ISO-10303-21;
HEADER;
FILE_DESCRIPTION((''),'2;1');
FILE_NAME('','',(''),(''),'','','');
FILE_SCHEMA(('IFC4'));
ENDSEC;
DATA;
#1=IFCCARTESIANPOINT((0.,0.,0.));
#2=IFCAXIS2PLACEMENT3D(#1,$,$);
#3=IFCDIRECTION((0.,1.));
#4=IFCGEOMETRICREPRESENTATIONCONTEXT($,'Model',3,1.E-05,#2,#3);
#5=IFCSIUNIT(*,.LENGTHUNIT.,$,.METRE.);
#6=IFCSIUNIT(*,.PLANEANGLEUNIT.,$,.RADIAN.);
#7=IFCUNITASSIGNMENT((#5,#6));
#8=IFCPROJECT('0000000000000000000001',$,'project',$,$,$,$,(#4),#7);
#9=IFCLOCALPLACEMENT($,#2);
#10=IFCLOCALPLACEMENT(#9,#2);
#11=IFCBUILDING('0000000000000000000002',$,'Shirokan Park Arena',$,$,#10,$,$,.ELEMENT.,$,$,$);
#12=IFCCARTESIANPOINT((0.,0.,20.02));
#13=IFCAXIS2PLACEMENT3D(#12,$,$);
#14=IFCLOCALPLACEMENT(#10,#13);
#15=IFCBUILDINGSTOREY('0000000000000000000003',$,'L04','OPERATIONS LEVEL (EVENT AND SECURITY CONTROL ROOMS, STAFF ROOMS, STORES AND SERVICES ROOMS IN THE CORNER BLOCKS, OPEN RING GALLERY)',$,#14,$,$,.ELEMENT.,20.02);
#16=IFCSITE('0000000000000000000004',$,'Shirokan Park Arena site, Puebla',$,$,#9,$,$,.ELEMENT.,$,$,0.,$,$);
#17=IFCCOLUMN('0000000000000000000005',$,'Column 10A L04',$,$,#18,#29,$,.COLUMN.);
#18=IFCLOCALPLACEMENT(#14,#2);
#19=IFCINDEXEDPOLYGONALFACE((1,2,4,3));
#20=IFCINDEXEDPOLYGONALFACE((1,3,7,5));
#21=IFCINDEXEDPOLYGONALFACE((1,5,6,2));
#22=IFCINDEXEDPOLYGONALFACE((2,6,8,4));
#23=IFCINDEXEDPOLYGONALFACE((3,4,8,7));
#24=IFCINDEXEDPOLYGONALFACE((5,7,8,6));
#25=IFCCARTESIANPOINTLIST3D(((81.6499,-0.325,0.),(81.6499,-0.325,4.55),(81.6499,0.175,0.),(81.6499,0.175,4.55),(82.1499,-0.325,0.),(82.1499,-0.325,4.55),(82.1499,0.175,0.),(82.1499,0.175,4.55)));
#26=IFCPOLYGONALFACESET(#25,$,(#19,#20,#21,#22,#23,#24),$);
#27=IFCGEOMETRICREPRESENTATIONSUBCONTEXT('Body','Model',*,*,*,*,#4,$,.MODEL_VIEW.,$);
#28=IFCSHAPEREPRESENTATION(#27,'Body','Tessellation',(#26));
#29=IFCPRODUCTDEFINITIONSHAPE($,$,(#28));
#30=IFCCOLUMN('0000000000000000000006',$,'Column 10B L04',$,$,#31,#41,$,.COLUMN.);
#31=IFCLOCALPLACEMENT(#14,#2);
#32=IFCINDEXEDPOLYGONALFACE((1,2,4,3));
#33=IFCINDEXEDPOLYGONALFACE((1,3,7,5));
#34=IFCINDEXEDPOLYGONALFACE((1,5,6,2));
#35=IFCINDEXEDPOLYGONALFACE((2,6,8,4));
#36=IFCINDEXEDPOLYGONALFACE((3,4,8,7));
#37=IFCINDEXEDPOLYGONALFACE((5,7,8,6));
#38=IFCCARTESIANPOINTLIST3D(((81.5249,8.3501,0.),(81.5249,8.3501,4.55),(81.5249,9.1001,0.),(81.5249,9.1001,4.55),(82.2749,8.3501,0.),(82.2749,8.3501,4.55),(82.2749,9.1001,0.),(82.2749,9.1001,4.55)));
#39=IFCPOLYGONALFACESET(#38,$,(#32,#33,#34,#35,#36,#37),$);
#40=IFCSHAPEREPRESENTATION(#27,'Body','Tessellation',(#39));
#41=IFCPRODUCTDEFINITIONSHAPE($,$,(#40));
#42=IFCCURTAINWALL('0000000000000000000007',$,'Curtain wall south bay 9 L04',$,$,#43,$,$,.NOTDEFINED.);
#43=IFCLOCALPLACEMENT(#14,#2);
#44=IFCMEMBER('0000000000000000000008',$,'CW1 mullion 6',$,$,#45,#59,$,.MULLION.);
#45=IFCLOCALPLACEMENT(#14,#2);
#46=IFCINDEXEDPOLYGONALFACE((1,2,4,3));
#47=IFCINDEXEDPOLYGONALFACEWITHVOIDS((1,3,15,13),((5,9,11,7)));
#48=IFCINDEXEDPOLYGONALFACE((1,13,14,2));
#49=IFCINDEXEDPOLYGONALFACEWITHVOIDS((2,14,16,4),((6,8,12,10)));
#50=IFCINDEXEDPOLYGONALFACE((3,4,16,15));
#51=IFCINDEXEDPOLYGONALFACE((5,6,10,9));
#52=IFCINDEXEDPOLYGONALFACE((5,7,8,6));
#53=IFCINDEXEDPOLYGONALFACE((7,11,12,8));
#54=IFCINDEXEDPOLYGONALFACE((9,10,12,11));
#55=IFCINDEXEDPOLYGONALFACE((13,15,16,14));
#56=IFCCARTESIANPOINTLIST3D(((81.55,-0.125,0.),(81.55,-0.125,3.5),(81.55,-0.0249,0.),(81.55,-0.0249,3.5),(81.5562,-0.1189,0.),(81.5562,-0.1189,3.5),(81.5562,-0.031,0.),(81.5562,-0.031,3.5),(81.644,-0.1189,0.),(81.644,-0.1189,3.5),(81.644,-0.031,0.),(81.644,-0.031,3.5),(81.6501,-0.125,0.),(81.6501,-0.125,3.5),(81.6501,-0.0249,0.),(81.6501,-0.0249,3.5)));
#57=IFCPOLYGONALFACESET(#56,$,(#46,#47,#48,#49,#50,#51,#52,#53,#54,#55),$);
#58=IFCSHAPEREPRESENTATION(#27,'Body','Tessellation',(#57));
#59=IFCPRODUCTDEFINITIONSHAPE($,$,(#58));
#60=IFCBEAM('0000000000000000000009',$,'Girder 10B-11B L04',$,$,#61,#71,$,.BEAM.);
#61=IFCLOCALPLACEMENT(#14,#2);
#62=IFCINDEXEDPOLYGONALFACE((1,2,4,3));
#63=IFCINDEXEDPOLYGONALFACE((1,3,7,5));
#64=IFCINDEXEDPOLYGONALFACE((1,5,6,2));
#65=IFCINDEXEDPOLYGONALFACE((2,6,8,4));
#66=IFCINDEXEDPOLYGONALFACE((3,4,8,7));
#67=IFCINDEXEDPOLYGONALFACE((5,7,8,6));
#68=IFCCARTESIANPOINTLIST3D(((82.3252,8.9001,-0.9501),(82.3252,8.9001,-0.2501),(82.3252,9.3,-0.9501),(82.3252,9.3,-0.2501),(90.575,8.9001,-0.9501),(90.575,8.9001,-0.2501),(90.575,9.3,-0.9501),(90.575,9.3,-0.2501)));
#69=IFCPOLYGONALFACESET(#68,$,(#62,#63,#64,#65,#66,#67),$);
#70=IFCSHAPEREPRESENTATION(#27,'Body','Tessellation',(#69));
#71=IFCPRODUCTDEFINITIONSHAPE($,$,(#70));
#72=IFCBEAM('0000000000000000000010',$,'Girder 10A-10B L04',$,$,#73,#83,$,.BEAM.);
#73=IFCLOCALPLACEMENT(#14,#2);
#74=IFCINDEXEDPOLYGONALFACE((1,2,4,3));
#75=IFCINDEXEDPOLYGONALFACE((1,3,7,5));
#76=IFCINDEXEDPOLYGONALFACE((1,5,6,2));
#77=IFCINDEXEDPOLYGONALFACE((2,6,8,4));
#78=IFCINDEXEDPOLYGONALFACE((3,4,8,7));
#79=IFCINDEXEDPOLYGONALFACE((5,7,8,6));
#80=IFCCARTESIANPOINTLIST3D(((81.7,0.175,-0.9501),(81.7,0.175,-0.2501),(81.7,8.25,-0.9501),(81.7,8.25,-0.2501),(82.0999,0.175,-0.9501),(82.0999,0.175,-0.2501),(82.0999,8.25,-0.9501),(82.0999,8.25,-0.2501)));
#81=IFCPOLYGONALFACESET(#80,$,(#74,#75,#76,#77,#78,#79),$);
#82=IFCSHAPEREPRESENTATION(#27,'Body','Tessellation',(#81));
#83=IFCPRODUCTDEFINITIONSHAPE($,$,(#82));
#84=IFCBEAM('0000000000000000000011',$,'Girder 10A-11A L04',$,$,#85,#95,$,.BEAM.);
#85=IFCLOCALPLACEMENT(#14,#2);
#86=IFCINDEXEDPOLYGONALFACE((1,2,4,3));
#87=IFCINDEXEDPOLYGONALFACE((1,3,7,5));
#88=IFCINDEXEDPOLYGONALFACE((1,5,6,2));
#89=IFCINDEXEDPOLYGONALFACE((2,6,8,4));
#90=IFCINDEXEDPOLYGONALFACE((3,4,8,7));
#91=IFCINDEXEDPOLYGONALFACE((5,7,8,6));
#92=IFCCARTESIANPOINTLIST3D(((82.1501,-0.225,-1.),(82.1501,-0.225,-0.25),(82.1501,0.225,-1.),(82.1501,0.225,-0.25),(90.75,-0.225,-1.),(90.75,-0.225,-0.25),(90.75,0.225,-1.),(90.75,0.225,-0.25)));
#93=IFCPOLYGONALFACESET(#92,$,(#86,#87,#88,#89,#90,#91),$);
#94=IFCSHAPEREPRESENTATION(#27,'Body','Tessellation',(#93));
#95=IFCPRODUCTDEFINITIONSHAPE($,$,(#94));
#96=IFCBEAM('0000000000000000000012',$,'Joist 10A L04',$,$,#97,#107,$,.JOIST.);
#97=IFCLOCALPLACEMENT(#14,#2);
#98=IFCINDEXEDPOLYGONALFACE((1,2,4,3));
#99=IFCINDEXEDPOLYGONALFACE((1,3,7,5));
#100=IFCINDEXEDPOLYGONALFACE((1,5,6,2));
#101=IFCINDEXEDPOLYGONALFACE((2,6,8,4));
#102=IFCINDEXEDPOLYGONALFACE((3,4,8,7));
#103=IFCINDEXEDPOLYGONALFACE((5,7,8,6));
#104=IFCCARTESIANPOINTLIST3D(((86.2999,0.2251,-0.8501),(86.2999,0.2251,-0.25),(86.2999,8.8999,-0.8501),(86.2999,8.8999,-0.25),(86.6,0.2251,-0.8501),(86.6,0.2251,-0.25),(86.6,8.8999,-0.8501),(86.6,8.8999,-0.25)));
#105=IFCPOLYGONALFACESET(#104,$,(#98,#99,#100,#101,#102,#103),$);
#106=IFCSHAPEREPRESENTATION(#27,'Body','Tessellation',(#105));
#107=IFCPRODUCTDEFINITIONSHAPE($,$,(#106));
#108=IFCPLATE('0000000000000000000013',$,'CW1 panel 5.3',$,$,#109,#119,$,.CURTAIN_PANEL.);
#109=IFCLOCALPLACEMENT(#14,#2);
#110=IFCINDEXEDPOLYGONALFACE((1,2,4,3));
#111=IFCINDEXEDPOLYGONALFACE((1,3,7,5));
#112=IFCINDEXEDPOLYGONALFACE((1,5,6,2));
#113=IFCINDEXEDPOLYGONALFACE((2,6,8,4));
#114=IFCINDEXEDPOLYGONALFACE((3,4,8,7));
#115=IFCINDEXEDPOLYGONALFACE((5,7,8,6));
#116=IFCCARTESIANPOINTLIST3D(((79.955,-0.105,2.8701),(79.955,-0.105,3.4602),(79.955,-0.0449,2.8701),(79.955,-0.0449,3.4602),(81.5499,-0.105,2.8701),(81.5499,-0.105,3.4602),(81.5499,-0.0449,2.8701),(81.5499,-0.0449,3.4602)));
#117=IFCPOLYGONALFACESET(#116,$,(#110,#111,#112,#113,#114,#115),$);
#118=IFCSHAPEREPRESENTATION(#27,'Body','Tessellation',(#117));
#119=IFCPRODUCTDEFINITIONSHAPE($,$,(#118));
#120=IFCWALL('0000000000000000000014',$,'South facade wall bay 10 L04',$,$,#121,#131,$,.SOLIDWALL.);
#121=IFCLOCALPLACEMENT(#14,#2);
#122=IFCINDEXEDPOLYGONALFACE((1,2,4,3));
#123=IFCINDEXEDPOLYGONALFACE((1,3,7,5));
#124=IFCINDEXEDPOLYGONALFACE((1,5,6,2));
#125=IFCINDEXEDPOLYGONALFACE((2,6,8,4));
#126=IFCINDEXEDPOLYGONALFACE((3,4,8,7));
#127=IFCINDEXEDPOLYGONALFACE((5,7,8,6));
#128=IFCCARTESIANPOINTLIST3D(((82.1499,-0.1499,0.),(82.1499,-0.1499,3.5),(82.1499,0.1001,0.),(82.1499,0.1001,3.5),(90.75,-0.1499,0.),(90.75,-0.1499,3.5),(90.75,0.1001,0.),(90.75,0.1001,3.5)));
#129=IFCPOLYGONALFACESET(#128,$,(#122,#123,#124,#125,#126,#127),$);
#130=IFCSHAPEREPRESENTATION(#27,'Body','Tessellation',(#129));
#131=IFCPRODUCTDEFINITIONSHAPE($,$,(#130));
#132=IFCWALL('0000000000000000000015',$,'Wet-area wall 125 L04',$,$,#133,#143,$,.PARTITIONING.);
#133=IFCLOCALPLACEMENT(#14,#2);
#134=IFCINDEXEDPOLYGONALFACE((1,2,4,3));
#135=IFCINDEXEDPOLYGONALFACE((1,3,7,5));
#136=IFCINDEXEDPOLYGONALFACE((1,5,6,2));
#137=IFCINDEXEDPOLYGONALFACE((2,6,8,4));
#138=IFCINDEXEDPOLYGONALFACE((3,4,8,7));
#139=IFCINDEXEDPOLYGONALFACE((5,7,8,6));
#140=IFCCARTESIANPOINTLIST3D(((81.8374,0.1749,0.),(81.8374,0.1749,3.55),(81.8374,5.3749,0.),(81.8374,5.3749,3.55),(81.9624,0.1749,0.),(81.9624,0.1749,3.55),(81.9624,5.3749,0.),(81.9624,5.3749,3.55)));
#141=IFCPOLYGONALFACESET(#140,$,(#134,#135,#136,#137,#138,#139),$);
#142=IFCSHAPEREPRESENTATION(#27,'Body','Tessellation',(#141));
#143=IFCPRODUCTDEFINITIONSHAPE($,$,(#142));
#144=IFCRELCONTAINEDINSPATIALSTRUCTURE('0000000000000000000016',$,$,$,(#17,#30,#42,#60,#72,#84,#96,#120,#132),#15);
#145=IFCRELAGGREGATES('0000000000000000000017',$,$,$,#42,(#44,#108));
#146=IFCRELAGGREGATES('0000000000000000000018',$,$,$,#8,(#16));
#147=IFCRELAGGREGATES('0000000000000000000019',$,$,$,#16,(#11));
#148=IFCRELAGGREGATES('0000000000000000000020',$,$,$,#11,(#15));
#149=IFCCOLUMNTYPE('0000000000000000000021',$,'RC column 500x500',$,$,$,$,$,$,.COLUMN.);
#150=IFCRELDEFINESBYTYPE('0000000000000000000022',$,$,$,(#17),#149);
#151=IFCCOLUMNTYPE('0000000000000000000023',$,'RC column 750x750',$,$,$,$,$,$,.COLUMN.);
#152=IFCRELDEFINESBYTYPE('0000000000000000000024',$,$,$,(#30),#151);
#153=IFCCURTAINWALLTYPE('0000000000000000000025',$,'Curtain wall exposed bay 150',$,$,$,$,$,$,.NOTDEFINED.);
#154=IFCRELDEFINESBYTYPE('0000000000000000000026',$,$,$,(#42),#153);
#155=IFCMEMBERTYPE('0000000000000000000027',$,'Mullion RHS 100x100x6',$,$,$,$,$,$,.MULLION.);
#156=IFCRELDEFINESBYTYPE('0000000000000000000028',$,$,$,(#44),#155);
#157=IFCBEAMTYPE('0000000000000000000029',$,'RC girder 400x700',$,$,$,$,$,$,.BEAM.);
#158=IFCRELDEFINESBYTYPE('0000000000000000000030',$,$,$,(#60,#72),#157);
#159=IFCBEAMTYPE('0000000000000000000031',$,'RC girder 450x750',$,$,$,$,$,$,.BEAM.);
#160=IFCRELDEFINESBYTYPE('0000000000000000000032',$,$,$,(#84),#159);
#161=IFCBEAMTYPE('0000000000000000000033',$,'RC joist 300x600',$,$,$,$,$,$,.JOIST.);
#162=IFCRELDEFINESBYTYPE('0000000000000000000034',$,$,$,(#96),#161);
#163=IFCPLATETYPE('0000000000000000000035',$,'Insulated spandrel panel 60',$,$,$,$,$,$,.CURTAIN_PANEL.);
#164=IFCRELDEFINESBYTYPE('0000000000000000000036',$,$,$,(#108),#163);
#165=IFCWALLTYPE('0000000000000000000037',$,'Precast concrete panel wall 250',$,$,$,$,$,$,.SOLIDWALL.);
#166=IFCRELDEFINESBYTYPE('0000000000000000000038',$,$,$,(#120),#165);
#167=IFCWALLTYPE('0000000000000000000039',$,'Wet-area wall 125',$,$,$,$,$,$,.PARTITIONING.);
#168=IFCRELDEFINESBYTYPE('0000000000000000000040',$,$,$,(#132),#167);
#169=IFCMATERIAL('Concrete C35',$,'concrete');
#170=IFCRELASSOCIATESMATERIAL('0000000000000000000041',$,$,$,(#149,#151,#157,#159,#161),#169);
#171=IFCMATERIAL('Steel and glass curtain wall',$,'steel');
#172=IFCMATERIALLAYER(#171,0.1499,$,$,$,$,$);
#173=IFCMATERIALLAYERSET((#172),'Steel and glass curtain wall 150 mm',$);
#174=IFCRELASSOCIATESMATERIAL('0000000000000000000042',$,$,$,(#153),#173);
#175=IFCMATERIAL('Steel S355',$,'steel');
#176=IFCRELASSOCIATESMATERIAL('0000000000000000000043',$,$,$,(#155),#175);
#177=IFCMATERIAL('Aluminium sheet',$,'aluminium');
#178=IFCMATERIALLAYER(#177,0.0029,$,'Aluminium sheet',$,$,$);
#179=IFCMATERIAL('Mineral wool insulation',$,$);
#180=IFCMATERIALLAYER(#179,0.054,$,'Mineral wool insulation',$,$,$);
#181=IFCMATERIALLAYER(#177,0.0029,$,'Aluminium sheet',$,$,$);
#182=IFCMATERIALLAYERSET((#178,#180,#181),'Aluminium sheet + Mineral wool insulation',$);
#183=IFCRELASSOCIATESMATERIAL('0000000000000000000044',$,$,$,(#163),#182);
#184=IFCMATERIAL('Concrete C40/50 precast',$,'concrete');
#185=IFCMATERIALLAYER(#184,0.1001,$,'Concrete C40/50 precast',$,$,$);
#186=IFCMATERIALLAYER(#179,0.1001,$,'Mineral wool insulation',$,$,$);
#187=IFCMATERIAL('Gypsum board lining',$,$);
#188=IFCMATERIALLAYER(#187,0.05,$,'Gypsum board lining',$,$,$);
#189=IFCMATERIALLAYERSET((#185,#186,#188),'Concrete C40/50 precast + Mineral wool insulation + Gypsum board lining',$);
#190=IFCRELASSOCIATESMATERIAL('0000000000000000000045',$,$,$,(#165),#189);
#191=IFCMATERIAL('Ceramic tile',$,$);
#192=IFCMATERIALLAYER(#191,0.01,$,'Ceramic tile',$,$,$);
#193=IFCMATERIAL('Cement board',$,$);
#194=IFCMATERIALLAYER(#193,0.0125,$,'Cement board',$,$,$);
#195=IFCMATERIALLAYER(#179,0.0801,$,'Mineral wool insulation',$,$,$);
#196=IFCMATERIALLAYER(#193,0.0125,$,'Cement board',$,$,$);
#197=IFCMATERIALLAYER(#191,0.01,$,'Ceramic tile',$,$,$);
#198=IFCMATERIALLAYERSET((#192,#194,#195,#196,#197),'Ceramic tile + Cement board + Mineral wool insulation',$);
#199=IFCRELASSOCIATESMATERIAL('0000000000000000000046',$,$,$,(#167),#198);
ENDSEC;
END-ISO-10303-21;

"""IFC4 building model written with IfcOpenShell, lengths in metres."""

from ifc_helpers import new_model, si_unit, direction, frame, frame_2d, origin, origin_2d, place, context, subcontext, project, spatial, rectangle, hollow_rectangle, extrude, material, layer, layer_set, material_profile, profile_set, type_object, element, aggregate, save


model = new_model("IFC4")

# Units and contexts
model_context = context("Model", 3, precision=1e-05, world=origin(), true_north=direction((0.0, 1.0)))
body_context = subcontext(model_context, "Body", "Model", "MODEL_VIEW")
ifc_project = project(units=[si_unit("LENGTHUNIT", "METRE"), si_unit("PLANEANGLEUNIT", "RADIAN")], contexts=[model_context])

# Site, building, storey
site_placement = place(None, origin())
site = spatial("IfcSite", under=ifc_project, at=site_placement, Name="Shirokan Park Arena site, Puebla", CompositionType="ELEMENT", RefElevation=0.0)
building_placement = place(site_placement, origin())
building = spatial("IfcBuilding", under=site, at=building_placement, Name="Shirokan Park Arena", CompositionType="ELEMENT")
storey_placement = place(building_placement, frame((0.0, 0.0, 20.02)))
storey = spatial("IfcBuildingStorey", under=building, at=storey_placement, Name="L04", Description="OPERATIONS LEVEL (EVENT AND SECURITY CONTROL ROOMS, STAFF ROOMS, STORES AND SERVICES ROOMS IN THE CORNER BLOCKS, OPEN RING GALLERY)", CompositionType="ELEMENT", Elevation=20.02)

# Columns
ifc_material_1 = material(Name="Concrete C35", Category="concrete")
ifc_material_profile_1 = material_profile(ifc_material_1, rectangle(XDim=0.5, YDim=0.5, at=origin_2d()), Name="500x500")
ifc_profile_set_1 = profile_set([ifc_material_profile_1], Name="Concrete C35")
column_type_1 = type_object("IfcColumnType", Name="RC column 500x500", PredefinedType="COLUMN", material=ifc_profile_set_1)
column_1_placement = place(storey_placement, frame((81.8999, -0.075, 0.0), z_axis=(0.0, 0.0, 1.0), x_axis=(1.0, 0.0, 0.0)))
element("IfcColumn", 1, at=column_1_placement, inside=storey, type_object=column_type_1, Name="Column 10A L04", PredefinedType="COLUMN", context=body_context, shape_type="SweptSolid", body=[
    extrude(rectangle(XDim=0.5, YDim=0.5, at=origin_2d()), origin(), (0.0, 0.0, 1.0), 4.55),
])
ifc_material_profile_2 = material_profile(ifc_material_1, rectangle(XDim=0.75, YDim=0.75, at=origin_2d()), Name="750x750")
ifc_profile_set_2 = profile_set([ifc_material_profile_2], Name="Concrete C35")
column_type_2 = type_object("IfcColumnType", Name="RC column 750x750", PredefinedType="COLUMN", material=ifc_profile_set_2)
column_2_placement = place(storey_placement, frame((81.8999, 8.7251, 0.0), z_axis=(0.0, 0.0, 1.0), x_axis=(1.0, 0.0, 0.0)))
element("IfcColumn", 2, at=column_2_placement, inside=storey, type_object=column_type_2, Name="Column 10B L04", PredefinedType="COLUMN", context=body_context, shape_type="SweptSolid", body=[
    extrude(rectangle(XDim=0.75, YDim=0.75, at=origin_2d()), origin(), (0.0, 0.0, 1.0), 4.55),
])

# Curtain wall, member
ifc_material_2 = material(Name="Steel and glass curtain wall", Category="steel")
ifc_layer_1 = layer(ifc_material_2, 0.1499)
ifc_layer_set_1 = layer_set([ifc_layer_1], Name="Steel and glass curtain wall 150 mm")
curtain_wall_type = type_object("IfcCurtainWallType", Name="Curtain wall exposed bay 150", PredefinedType="NOTDEFINED", material=ifc_layer_set_1)
curtain_wall_placement = place(storey_placement, origin())
curtain_wall = element("IfcCurtainWall", 3, at=curtain_wall_placement, inside=storey, type_object=curtain_wall_type, Name="Curtain wall south bay 9 L04", PredefinedType="NOTDEFINED")
ifc_material_3 = material(Name="Steel S355", Category="steel")
ifc_material_profile_3 = material_profile(ifc_material_3, hollow_rectangle(XDim=0.1001, YDim=0.1001, WallThickness=0.0061, at=origin_2d()), Name="RHS 100x100x6")
ifc_profile_set_3 = profile_set([ifc_material_profile_3], Name="Steel S355")
member_type = type_object("IfcMemberType", Name="Mullion RHS 100x100x6", PredefinedType="MULLION", material=ifc_profile_set_3)
member_placement = place(storey_placement, frame((81.6001, -0.075, 0.0), z_axis=(0.0, 0.0, 1.0), x_axis=(0.0, 1.0, 0.0)))
member = element("IfcMember", 4, at=member_placement, type_object=member_type, Name="CW1 mullion 6", PredefinedType="MULLION", context=body_context, shape_type="SweptSolid", body=[
    extrude(hollow_rectangle(XDim=0.1001, YDim=0.1001, WallThickness=0.0061, at=origin_2d()), origin(), (0.0, 0.0, 1.0), 3.5),
])

# Beams
ifc_material_profile_4 = material_profile(ifc_material_1, rectangle(XDim=0.3999, YDim=0.7, at=origin_2d()), Name="400x700")
ifc_profile_set_4 = profile_set([ifc_material_profile_4], Name="Concrete C35")
beam_type_1 = type_object("IfcBeamType", Name="RC girder 400x700", PredefinedType="BEAM", material=ifc_profile_set_4)
beam_1_placement = place(storey_placement, frame((82.3252, 9.1001, -0.6001), z_axis=(1.0, 0.0, 0.0), x_axis=(0.0, 1.0, 0.0)))
element("IfcBeam", 5, at=beam_1_placement, inside=storey, type_object=beam_type_1, Name="Girder 10B-11B L04", PredefinedType="BEAM", context=body_context, shape_type="SweptSolid", body=[
    extrude(rectangle(XDim=0.3999, YDim=0.7, at=origin_2d()), origin(), (0.0, 0.0, 1.0), 8.2498),
])
beam_2_placement = place(storey_placement, frame((81.8999, 0.175, -0.6001), z_axis=(0.0, 1.0, 0.0), x_axis=(-1.0, 0.0, 0.0)))
element("IfcBeam", 6, at=beam_2_placement, inside=storey, type_object=beam_type_1, Name="Girder 10A-10B L04", PredefinedType="BEAM", context=body_context, shape_type="SweptSolid", body=[
    extrude(rectangle(XDim=0.3999, YDim=0.7, at=origin_2d()), origin(), (0.0, 0.0, 1.0), 8.075),
])
ifc_material_profile_5 = material_profile(ifc_material_1, rectangle(XDim=0.45, YDim=0.75, at=origin_2d()), Name="450x750")
ifc_profile_set_5 = profile_set([ifc_material_profile_5], Name="Concrete C35")
beam_type_2 = type_object("IfcBeamType", Name="RC girder 450x750", PredefinedType="BEAM", material=ifc_profile_set_5)
beam_3_placement = place(storey_placement, frame((82.1501, 0.0, -0.625), z_axis=(1.0, 0.0, 0.0), x_axis=(0.0, 1.0, 0.0)))
element("IfcBeam", 7, at=beam_3_placement, inside=storey, type_object=beam_type_2, Name="Girder 10A-11A L04", PredefinedType="BEAM", context=body_context, shape_type="SweptSolid", body=[
    extrude(rectangle(XDim=0.45, YDim=0.75, at=origin_2d()), origin(), (0.0, 0.0, 1.0), 8.5999),
])
ifc_material_profile_6 = material_profile(ifc_material_1, rectangle(XDim=0.3, YDim=0.6001, at=origin_2d()), Name="300x600")
ifc_profile_set_6 = profile_set([ifc_material_profile_6], Name="Concrete C35")
beam_type_3 = type_object("IfcBeamType", Name="RC joist 300x600", PredefinedType="JOIST", material=ifc_profile_set_6)
beam_4_placement = place(storey_placement, frame((86.45, 0.2251, -0.55), z_axis=(0.0, 1.0, 0.0), x_axis=(-1.0, 0.0, 0.0)))
element("IfcBeam", 8, at=beam_4_placement, inside=storey, type_object=beam_type_3, Name="Joist 10A L04", PredefinedType="JOIST", context=body_context, shape_type="SweptSolid", body=[
    extrude(rectangle(XDim=0.3, YDim=0.6001, at=origin_2d()), origin(), (0.0, 0.0, 1.0), 8.6748),
])

# Plate
ifc_material_4 = material(Name="Aluminium sheet", Category="aluminium")
ifc_layer_2 = layer(ifc_material_4, 0.0029, Name="Aluminium sheet")
ifc_material_5 = material(Name="Mineral wool insulation")
ifc_layer_3 = layer(ifc_material_5, 0.054, Name="Mineral wool insulation")
ifc_layer_4 = layer(ifc_material_4, 0.0029, Name="Aluminium sheet")
ifc_layer_set_2 = layer_set([ifc_layer_2, ifc_layer_3, ifc_layer_4], Name="Aluminium sheet + Mineral wool insulation")
plate_type = type_object("IfcPlateType", Name="Insulated spandrel panel 60", PredefinedType="CURTAIN_PANEL", material=ifc_layer_set_2)
plate_placement = place(storey_placement, frame((80.7524, -0.075, 2.8701), z_axis=(0.0, 0.0, 1.0), x_axis=(1.0, 0.0, 0.0)))
plate = element("IfcPlate", 9, at=plate_placement, type_object=plate_type, Name="CW1 panel 5.3", PredefinedType="CURTAIN_PANEL", context=body_context, shape_type="SweptSolid", body=[
    extrude(rectangle(XDim=1.595, YDim=0.0601, at=origin_2d()), origin(), (0.0, 0.0, 1.0), 0.5901),
])
aggregate(curtain_wall, [member, plate])

# Walls
ifc_material_6 = material(Name="Concrete C40/50 precast", Category="concrete")
ifc_layer_5 = layer(ifc_material_6, 0.1001, Name="Concrete C40/50 precast")
ifc_layer_6 = layer(ifc_material_5, 0.1001, Name="Mineral wool insulation")
ifc_material_7 = material(Name="Gypsum board lining")
ifc_layer_7 = layer(ifc_material_7, 0.05, Name="Gypsum board lining")
ifc_layer_set_3 = layer_set([ifc_layer_5, ifc_layer_6, ifc_layer_7], Name="Concrete C40/50 precast + Mineral wool insulation + Gypsum board lining")
wall_type_1 = type_object("IfcWallType", Name="Precast concrete panel wall 250", PredefinedType="SOLIDWALL", material=ifc_layer_set_3)
wall_1_placement = place(storey_placement, frame((82.1499, -0.0249, 0.0), z_axis=(0.0, 0.0, 1.0), x_axis=(1.0, 0.0, 0.0)))
element("IfcWall", 10, at=wall_1_placement, inside=storey, type_object=wall_type_1, Name="South facade wall bay 10 L04", PredefinedType="SOLIDWALL", context=body_context, shape_type="SweptSolid", body=[
    extrude(rectangle(XDim=8.6001, YDim=0.25, at=frame_2d((4.3, 0.0))), origin(), (0.0, 0.0, 1.0), 3.5),
])
ifc_material_8 = material(Name="Ceramic tile")
ifc_layer_8 = layer(ifc_material_8, 0.01, Name="Ceramic tile")
ifc_material_9 = material(Name="Cement board")
ifc_layer_9 = layer(ifc_material_9, 0.0125, Name="Cement board")
ifc_layer_10 = layer(ifc_material_5, 0.0801, Name="Mineral wool insulation")
ifc_layer_11 = layer(ifc_material_9, 0.0125, Name="Cement board")
ifc_layer_12 = layer(ifc_material_8, 0.01, Name="Ceramic tile")
ifc_layer_set_4 = layer_set([ifc_layer_8, ifc_layer_9, ifc_layer_10, ifc_layer_11, ifc_layer_12], Name="Ceramic tile + Cement board + Mineral wool insulation")
wall_type_2 = type_object("IfcWallType", Name="Wet-area wall 125", PredefinedType="PARTITIONING", material=ifc_layer_set_4)
wall_2_placement = place(storey_placement, frame((81.8999, 5.375, 0.0), z_axis=(0.0, 0.0, 1.0), x_axis=(0.0, -1.0, 0.0)))
element("IfcWall", 11, at=wall_2_placement, inside=storey, type_object=wall_type_2, Name="Wet-area wall 125 L04", PredefinedType="PARTITIONING", context=body_context, shape_type="SweptSolid", body=[
    extrude(rectangle(XDim=5.2, YDim=0.125, at=frame_2d((2.6001, 0.0))), origin(), (0.0, 0.0, 1.0), 3.55),
])

save(model, "model.ifc")
